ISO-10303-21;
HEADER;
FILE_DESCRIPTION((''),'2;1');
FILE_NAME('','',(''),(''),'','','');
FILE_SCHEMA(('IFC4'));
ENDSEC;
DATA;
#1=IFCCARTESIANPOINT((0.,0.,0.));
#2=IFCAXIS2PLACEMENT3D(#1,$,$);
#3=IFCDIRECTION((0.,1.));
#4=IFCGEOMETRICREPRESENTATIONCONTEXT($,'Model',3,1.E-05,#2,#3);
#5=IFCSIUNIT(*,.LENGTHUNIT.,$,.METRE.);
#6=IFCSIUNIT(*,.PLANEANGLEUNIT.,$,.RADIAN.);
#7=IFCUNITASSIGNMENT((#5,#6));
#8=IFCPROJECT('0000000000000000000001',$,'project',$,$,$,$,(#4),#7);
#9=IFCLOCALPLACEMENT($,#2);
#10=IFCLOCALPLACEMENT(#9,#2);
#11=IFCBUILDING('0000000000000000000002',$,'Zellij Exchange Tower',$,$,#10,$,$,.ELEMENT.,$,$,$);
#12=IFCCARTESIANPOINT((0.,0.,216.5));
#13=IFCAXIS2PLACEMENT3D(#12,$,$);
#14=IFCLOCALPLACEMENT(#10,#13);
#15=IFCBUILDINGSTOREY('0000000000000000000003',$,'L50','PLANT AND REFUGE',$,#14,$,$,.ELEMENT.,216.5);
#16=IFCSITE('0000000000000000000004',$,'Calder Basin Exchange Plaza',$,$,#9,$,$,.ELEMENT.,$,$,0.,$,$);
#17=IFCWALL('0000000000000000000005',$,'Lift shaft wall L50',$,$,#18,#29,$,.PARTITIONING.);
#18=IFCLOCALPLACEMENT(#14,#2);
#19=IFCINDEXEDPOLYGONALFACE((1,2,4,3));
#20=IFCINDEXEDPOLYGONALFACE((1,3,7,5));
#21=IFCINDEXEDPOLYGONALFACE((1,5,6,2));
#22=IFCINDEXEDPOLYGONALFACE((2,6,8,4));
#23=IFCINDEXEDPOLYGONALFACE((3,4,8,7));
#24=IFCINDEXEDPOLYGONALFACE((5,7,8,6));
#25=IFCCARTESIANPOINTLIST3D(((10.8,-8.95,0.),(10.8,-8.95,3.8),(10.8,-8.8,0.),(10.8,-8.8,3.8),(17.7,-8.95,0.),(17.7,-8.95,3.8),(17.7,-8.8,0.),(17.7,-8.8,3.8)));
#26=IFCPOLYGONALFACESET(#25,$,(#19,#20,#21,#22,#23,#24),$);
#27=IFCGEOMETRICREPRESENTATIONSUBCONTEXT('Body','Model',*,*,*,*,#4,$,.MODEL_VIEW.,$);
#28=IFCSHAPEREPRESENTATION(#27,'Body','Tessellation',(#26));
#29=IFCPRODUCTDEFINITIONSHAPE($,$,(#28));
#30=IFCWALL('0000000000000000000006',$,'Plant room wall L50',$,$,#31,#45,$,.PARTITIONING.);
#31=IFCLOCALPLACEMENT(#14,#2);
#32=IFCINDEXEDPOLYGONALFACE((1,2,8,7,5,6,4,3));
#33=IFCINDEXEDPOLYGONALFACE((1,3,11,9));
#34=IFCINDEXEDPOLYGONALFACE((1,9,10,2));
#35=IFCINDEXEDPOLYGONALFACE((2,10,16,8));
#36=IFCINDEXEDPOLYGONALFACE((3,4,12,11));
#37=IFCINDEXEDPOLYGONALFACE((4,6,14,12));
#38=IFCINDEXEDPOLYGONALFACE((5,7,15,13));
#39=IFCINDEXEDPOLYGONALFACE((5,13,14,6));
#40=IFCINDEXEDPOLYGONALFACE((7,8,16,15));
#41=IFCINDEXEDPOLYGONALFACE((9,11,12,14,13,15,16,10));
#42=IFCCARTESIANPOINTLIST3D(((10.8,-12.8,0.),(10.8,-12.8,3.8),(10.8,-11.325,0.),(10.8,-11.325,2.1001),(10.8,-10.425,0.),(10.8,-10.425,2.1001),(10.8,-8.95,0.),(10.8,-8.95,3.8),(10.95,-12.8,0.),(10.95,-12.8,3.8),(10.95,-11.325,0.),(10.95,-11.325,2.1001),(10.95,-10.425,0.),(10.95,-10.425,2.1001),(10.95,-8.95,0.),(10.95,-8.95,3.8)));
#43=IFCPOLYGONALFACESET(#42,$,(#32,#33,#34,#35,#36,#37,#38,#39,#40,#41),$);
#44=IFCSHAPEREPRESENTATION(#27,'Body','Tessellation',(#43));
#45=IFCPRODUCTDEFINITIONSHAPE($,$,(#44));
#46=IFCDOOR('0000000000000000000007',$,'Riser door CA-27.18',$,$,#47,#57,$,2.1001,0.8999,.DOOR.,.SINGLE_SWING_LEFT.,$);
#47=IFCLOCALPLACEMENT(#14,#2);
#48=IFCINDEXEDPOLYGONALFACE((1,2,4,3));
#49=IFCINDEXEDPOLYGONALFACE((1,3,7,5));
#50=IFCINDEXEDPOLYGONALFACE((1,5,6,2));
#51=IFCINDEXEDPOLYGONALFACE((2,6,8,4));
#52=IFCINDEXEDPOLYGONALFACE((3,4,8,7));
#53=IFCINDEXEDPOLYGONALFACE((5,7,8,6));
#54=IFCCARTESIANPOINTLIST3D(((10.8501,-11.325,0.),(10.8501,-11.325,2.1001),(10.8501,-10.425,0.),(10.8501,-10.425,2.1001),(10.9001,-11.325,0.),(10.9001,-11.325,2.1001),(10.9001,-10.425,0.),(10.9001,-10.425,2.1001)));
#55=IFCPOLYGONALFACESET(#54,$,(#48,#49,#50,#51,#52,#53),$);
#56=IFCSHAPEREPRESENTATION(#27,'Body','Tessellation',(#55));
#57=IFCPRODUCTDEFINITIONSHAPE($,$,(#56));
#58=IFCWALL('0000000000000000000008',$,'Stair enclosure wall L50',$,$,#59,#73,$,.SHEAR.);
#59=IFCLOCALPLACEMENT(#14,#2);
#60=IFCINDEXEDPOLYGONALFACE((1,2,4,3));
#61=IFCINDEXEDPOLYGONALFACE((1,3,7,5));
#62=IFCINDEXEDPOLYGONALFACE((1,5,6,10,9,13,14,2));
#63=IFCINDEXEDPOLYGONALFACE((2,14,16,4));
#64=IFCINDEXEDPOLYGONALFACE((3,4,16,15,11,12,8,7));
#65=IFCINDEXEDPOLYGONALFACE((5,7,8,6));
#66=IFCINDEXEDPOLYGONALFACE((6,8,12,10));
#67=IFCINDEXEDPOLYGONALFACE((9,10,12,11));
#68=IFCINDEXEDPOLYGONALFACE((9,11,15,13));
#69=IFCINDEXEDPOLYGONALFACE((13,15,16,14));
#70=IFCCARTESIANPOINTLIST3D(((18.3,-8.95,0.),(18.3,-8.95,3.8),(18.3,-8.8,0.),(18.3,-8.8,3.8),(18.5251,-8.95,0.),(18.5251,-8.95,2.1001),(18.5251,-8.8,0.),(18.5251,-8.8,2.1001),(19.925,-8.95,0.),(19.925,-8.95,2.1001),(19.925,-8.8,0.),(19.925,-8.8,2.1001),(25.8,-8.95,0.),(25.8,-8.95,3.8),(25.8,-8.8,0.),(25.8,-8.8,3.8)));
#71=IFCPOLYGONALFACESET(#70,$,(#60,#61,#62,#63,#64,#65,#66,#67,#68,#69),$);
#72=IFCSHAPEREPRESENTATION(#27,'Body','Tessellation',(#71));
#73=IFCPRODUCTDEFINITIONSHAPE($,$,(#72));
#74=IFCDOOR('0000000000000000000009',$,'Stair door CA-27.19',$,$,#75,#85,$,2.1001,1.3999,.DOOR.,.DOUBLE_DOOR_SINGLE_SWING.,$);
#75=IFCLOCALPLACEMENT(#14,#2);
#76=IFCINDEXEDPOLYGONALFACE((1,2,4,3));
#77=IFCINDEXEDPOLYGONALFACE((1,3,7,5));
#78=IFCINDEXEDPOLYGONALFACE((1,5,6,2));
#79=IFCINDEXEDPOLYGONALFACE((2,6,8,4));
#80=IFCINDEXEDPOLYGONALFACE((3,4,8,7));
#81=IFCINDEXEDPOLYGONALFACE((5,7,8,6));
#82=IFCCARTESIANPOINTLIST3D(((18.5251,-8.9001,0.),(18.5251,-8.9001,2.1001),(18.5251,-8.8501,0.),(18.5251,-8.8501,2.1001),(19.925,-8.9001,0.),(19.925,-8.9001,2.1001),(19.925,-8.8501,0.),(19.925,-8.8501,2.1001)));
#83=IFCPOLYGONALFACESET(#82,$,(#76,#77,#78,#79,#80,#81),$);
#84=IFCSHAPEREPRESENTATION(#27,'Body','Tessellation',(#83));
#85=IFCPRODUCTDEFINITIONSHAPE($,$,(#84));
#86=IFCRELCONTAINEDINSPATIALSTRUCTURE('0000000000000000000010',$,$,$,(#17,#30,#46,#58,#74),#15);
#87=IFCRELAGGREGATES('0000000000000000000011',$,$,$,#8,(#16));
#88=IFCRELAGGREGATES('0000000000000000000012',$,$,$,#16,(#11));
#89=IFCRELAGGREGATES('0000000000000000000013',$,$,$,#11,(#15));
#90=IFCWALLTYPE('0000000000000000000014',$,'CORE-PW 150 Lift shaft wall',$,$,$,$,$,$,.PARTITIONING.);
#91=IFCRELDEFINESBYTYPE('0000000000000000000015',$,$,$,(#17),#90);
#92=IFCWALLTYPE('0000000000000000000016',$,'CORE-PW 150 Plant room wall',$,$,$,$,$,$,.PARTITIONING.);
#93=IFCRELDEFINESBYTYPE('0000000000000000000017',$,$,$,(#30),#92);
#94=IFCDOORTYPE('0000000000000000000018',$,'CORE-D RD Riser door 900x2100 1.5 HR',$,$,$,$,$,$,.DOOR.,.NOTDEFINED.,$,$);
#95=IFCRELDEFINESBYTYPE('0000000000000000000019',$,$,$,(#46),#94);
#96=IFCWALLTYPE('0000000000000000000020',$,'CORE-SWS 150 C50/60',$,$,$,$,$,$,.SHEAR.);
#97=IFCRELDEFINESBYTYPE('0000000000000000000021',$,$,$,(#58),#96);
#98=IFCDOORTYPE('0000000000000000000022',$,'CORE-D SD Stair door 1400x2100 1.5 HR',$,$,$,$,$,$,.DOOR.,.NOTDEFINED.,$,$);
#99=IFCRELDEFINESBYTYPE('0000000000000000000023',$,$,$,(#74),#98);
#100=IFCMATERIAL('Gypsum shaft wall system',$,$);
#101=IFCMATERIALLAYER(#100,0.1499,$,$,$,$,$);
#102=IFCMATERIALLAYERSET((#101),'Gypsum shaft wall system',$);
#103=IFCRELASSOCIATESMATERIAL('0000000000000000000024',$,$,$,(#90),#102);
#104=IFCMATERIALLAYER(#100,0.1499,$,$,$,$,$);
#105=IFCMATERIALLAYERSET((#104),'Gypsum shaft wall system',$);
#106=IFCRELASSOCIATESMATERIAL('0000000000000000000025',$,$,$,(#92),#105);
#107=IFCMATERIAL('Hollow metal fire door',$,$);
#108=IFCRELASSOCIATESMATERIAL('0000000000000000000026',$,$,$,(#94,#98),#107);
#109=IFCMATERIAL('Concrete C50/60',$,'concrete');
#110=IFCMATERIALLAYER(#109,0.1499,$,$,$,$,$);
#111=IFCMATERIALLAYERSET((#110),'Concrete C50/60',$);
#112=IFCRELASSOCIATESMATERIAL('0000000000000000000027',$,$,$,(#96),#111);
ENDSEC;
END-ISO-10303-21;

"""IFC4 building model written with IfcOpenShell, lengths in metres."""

from ifc_helpers import new_model, si_unit, direction, frame, frame_2d, origin, place, context, subcontext, project, spatial, rectangle, extrude, material, layer, layer_set, type_object, element, fill, save


model = new_model("IFC4")

# Units and contexts
model_context = context("Model", 3, precision=1e-05, world=origin(), true_north=direction((0.0, 1.0)))
body_context = subcontext(model_context, "Body", "Model", "MODEL_VIEW")
ifc_project = project(units=[si_unit("LENGTHUNIT", "METRE"), si_unit("PLANEANGLEUNIT", "RADIAN")], contexts=[model_context])

# Site, building, storey
site_placement = place(None, origin())
site = spatial("IfcSite", under=ifc_project, at=site_placement, Name="Calder Basin Exchange Plaza", CompositionType="ELEMENT", RefElevation=0.0)
building_placement = place(site_placement, origin())
building = spatial("IfcBuilding", under=site, at=building_placement, Name="Zellij Exchange Tower", CompositionType="ELEMENT")
storey_placement = place(building_placement, frame((0.0, 0.0, 216.5)))
storey = spatial("IfcBuildingStorey", under=building, at=storey_placement, Name="L50", Description="PLANT AND REFUGE", CompositionType="ELEMENT", Elevation=216.5)

# Shared definitions
ifc_material_1 = material(Name="Concrete C50/60", Category="concrete")

# Wall
ifc_material_2 = material(Name="Gypsum shaft wall system")
ifc_layer_1 = layer(ifc_material_2, 0.1499)
ifc_layer_set_1 = layer_set([ifc_layer_1], Name="Gypsum shaft wall system")
wall_type_1 = type_object("IfcWallType", Name="CORE-PW 150 Lift shaft wall", PredefinedType="PARTITIONING", material=ifc_layer_set_1)
wall_1_placement = place(storey_placement, frame((10.8, -8.875, 0.0), z_axis=(0.0, 0.0, 1.0), x_axis=(1.0, 0.0, 0.0)))
element("IfcWall", 1, at=wall_1_placement, inside=storey, type_object=wall_type_1, Name="Lift shaft wall L50", PredefinedType="PARTITIONING", context=body_context, shape_type="SweptSolid", body=[
    extrude(rectangle(XDim=6.8999, YDim=0.1499, at=frame_2d((3.45, 0.0))), origin(), (0.0, 0.0, 1.0), 3.8),
])

# Walls, openings, doors
ifc_layer_2 = layer(ifc_material_2, 0.1499)
ifc_layer_set_2 = layer_set([ifc_layer_2], Name="Gypsum shaft wall system")
wall_type_2 = type_object("IfcWallType", Name="CORE-PW 150 Plant room wall", PredefinedType="PARTITIONING", material=ifc_layer_set_2)
wall_2_placement = place(storey_placement, frame((10.875, -12.8, 0.0), z_axis=(0.0, 0.0, 1.0), x_axis=(0.0, 1.0, 0.0)))
wall_2 = element("IfcWall", 2, at=wall_2_placement, inside=storey, type_object=wall_type_2, Name="Plant room wall L50", PredefinedType="PARTITIONING", context=body_context, shape_type="SweptSolid", body=[
    extrude(rectangle(XDim=3.8501, YDim=0.1499, at=frame_2d((1.925, 0.0))), origin(), (0.0, 0.0, 1.0), 3.8),
])
opening_1_placement = place(wall_2_placement, frame((1.4751, 0.0, 0.0)))
opening_1 = element("IfcOpeningElement", 3, at=opening_1_placement, cuts=wall_2, PredefinedType="OPENING", context=body_context, shape_type="SweptSolid", body=[
    extrude(rectangle(XDim=0.8999, YDim=2.1001, at=frame_2d((0.45, 1.05))), frame((0.0, 0.0869, 0.0), z_axis=(0.0, -1.0, 0.0), x_axis=(1.0, 0.0, 0.0)), (0.0, 0.0, 1.0), 0.1738),
])
ifc_material_3 = material(Name="Hollow metal fire door")
door_type_1 = type_object("IfcDoorType", Name="CORE-D RD Riser door 900x2100 1.5 HR", OperationType="NOTDEFINED", PredefinedType="DOOR", material=ifc_material_3)
door_1_placement = place(opening_1_placement, origin())
door_1 = element("IfcDoor", 4, at=door_1_placement, inside=storey, type_object=door_type_1, Name="Riser door CA-27.18", OperationType="SINGLE_SWING_LEFT", OverallHeight=2.1001, OverallWidth=0.8999, PredefinedType="DOOR", context=body_context, shape_type="SweptSolid", body=[
    extrude(rectangle(XDim=0.8999, YDim=2.1001, at=frame_2d((0.45, 1.05))), frame((0.0, 0.0249, 0.0), z_axis=(0.0, -1.0, 0.0), x_axis=(1.0, 0.0, 0.0)), (0.0, 0.0, 1.0), 0.05),
])
fill(opening_1, door_1)
ifc_layer_3 = layer(ifc_material_1, 0.1499)
ifc_layer_set_3 = layer_set([ifc_layer_3], Name="Concrete C50/60")
wall_type_3 = type_object("IfcWallType", Name="CORE-SWS 150 C50/60", PredefinedType="SHEAR", material=ifc_layer_set_3)
wall_3_placement = place(storey_placement, frame((18.3, -8.875, 0.0), z_axis=(0.0, 0.0, 1.0), x_axis=(1.0, 0.0, 0.0)))
wall_3 = element("IfcWall", 5, at=wall_3_placement, inside=storey, type_object=wall_type_3, Name="Stair enclosure wall L50", PredefinedType="SHEAR", context=body_context, shape_type="SweptSolid", body=[
    extrude(rectangle(XDim=7.5, YDim=0.1499, at=frame_2d((3.75, 0.0))), origin(), (0.0, 0.0, 1.0), 3.8),
])
opening_2_placement = place(wall_3_placement, frame((0.2251, 0.0, 0.0)))
opening_2 = element("IfcOpeningElement", 6, at=opening_2_placement, cuts=wall_3, PredefinedType="OPENING", context=body_context, shape_type="SweptSolid", body=[
    extrude(rectangle(XDim=1.3999, YDim=2.1001, at=frame_2d((0.7, 1.05))), frame((0.0, 0.0869, 0.0), z_axis=(0.0, -1.0, 0.0), x_axis=(1.0, 0.0, 0.0)), (0.0, 0.0, 1.0), 0.1738),
])
door_type_2 = type_object("IfcDoorType", Name="CORE-D SD Stair door 1400x2100 1.5 HR", OperationType="NOTDEFINED", PredefinedType="DOOR", material=ifc_material_3)
door_2_placement = place(opening_2_placement, origin())
door_2 = element("IfcDoor", 7, at=door_2_placement, inside=storey, type_object=door_type_2, Name="Stair door CA-27.19", OperationType="DOUBLE_DOOR_SINGLE_SWING", OverallHeight=2.1001, OverallWidth=1.3999, PredefinedType="DOOR", context=body_context, shape_type="SweptSolid", body=[
    extrude(rectangle(XDim=1.3999, YDim=2.1001, at=frame_2d((0.7, 1.05))), frame((0.0, 0.0249, 0.0), z_axis=(0.0, -1.0, 0.0), x_axis=(1.0, 0.0, 0.0)), (0.0, 0.0, 1.0), 0.05),
])
fill(opening_2, door_2)

save(model, "model.ifc")
